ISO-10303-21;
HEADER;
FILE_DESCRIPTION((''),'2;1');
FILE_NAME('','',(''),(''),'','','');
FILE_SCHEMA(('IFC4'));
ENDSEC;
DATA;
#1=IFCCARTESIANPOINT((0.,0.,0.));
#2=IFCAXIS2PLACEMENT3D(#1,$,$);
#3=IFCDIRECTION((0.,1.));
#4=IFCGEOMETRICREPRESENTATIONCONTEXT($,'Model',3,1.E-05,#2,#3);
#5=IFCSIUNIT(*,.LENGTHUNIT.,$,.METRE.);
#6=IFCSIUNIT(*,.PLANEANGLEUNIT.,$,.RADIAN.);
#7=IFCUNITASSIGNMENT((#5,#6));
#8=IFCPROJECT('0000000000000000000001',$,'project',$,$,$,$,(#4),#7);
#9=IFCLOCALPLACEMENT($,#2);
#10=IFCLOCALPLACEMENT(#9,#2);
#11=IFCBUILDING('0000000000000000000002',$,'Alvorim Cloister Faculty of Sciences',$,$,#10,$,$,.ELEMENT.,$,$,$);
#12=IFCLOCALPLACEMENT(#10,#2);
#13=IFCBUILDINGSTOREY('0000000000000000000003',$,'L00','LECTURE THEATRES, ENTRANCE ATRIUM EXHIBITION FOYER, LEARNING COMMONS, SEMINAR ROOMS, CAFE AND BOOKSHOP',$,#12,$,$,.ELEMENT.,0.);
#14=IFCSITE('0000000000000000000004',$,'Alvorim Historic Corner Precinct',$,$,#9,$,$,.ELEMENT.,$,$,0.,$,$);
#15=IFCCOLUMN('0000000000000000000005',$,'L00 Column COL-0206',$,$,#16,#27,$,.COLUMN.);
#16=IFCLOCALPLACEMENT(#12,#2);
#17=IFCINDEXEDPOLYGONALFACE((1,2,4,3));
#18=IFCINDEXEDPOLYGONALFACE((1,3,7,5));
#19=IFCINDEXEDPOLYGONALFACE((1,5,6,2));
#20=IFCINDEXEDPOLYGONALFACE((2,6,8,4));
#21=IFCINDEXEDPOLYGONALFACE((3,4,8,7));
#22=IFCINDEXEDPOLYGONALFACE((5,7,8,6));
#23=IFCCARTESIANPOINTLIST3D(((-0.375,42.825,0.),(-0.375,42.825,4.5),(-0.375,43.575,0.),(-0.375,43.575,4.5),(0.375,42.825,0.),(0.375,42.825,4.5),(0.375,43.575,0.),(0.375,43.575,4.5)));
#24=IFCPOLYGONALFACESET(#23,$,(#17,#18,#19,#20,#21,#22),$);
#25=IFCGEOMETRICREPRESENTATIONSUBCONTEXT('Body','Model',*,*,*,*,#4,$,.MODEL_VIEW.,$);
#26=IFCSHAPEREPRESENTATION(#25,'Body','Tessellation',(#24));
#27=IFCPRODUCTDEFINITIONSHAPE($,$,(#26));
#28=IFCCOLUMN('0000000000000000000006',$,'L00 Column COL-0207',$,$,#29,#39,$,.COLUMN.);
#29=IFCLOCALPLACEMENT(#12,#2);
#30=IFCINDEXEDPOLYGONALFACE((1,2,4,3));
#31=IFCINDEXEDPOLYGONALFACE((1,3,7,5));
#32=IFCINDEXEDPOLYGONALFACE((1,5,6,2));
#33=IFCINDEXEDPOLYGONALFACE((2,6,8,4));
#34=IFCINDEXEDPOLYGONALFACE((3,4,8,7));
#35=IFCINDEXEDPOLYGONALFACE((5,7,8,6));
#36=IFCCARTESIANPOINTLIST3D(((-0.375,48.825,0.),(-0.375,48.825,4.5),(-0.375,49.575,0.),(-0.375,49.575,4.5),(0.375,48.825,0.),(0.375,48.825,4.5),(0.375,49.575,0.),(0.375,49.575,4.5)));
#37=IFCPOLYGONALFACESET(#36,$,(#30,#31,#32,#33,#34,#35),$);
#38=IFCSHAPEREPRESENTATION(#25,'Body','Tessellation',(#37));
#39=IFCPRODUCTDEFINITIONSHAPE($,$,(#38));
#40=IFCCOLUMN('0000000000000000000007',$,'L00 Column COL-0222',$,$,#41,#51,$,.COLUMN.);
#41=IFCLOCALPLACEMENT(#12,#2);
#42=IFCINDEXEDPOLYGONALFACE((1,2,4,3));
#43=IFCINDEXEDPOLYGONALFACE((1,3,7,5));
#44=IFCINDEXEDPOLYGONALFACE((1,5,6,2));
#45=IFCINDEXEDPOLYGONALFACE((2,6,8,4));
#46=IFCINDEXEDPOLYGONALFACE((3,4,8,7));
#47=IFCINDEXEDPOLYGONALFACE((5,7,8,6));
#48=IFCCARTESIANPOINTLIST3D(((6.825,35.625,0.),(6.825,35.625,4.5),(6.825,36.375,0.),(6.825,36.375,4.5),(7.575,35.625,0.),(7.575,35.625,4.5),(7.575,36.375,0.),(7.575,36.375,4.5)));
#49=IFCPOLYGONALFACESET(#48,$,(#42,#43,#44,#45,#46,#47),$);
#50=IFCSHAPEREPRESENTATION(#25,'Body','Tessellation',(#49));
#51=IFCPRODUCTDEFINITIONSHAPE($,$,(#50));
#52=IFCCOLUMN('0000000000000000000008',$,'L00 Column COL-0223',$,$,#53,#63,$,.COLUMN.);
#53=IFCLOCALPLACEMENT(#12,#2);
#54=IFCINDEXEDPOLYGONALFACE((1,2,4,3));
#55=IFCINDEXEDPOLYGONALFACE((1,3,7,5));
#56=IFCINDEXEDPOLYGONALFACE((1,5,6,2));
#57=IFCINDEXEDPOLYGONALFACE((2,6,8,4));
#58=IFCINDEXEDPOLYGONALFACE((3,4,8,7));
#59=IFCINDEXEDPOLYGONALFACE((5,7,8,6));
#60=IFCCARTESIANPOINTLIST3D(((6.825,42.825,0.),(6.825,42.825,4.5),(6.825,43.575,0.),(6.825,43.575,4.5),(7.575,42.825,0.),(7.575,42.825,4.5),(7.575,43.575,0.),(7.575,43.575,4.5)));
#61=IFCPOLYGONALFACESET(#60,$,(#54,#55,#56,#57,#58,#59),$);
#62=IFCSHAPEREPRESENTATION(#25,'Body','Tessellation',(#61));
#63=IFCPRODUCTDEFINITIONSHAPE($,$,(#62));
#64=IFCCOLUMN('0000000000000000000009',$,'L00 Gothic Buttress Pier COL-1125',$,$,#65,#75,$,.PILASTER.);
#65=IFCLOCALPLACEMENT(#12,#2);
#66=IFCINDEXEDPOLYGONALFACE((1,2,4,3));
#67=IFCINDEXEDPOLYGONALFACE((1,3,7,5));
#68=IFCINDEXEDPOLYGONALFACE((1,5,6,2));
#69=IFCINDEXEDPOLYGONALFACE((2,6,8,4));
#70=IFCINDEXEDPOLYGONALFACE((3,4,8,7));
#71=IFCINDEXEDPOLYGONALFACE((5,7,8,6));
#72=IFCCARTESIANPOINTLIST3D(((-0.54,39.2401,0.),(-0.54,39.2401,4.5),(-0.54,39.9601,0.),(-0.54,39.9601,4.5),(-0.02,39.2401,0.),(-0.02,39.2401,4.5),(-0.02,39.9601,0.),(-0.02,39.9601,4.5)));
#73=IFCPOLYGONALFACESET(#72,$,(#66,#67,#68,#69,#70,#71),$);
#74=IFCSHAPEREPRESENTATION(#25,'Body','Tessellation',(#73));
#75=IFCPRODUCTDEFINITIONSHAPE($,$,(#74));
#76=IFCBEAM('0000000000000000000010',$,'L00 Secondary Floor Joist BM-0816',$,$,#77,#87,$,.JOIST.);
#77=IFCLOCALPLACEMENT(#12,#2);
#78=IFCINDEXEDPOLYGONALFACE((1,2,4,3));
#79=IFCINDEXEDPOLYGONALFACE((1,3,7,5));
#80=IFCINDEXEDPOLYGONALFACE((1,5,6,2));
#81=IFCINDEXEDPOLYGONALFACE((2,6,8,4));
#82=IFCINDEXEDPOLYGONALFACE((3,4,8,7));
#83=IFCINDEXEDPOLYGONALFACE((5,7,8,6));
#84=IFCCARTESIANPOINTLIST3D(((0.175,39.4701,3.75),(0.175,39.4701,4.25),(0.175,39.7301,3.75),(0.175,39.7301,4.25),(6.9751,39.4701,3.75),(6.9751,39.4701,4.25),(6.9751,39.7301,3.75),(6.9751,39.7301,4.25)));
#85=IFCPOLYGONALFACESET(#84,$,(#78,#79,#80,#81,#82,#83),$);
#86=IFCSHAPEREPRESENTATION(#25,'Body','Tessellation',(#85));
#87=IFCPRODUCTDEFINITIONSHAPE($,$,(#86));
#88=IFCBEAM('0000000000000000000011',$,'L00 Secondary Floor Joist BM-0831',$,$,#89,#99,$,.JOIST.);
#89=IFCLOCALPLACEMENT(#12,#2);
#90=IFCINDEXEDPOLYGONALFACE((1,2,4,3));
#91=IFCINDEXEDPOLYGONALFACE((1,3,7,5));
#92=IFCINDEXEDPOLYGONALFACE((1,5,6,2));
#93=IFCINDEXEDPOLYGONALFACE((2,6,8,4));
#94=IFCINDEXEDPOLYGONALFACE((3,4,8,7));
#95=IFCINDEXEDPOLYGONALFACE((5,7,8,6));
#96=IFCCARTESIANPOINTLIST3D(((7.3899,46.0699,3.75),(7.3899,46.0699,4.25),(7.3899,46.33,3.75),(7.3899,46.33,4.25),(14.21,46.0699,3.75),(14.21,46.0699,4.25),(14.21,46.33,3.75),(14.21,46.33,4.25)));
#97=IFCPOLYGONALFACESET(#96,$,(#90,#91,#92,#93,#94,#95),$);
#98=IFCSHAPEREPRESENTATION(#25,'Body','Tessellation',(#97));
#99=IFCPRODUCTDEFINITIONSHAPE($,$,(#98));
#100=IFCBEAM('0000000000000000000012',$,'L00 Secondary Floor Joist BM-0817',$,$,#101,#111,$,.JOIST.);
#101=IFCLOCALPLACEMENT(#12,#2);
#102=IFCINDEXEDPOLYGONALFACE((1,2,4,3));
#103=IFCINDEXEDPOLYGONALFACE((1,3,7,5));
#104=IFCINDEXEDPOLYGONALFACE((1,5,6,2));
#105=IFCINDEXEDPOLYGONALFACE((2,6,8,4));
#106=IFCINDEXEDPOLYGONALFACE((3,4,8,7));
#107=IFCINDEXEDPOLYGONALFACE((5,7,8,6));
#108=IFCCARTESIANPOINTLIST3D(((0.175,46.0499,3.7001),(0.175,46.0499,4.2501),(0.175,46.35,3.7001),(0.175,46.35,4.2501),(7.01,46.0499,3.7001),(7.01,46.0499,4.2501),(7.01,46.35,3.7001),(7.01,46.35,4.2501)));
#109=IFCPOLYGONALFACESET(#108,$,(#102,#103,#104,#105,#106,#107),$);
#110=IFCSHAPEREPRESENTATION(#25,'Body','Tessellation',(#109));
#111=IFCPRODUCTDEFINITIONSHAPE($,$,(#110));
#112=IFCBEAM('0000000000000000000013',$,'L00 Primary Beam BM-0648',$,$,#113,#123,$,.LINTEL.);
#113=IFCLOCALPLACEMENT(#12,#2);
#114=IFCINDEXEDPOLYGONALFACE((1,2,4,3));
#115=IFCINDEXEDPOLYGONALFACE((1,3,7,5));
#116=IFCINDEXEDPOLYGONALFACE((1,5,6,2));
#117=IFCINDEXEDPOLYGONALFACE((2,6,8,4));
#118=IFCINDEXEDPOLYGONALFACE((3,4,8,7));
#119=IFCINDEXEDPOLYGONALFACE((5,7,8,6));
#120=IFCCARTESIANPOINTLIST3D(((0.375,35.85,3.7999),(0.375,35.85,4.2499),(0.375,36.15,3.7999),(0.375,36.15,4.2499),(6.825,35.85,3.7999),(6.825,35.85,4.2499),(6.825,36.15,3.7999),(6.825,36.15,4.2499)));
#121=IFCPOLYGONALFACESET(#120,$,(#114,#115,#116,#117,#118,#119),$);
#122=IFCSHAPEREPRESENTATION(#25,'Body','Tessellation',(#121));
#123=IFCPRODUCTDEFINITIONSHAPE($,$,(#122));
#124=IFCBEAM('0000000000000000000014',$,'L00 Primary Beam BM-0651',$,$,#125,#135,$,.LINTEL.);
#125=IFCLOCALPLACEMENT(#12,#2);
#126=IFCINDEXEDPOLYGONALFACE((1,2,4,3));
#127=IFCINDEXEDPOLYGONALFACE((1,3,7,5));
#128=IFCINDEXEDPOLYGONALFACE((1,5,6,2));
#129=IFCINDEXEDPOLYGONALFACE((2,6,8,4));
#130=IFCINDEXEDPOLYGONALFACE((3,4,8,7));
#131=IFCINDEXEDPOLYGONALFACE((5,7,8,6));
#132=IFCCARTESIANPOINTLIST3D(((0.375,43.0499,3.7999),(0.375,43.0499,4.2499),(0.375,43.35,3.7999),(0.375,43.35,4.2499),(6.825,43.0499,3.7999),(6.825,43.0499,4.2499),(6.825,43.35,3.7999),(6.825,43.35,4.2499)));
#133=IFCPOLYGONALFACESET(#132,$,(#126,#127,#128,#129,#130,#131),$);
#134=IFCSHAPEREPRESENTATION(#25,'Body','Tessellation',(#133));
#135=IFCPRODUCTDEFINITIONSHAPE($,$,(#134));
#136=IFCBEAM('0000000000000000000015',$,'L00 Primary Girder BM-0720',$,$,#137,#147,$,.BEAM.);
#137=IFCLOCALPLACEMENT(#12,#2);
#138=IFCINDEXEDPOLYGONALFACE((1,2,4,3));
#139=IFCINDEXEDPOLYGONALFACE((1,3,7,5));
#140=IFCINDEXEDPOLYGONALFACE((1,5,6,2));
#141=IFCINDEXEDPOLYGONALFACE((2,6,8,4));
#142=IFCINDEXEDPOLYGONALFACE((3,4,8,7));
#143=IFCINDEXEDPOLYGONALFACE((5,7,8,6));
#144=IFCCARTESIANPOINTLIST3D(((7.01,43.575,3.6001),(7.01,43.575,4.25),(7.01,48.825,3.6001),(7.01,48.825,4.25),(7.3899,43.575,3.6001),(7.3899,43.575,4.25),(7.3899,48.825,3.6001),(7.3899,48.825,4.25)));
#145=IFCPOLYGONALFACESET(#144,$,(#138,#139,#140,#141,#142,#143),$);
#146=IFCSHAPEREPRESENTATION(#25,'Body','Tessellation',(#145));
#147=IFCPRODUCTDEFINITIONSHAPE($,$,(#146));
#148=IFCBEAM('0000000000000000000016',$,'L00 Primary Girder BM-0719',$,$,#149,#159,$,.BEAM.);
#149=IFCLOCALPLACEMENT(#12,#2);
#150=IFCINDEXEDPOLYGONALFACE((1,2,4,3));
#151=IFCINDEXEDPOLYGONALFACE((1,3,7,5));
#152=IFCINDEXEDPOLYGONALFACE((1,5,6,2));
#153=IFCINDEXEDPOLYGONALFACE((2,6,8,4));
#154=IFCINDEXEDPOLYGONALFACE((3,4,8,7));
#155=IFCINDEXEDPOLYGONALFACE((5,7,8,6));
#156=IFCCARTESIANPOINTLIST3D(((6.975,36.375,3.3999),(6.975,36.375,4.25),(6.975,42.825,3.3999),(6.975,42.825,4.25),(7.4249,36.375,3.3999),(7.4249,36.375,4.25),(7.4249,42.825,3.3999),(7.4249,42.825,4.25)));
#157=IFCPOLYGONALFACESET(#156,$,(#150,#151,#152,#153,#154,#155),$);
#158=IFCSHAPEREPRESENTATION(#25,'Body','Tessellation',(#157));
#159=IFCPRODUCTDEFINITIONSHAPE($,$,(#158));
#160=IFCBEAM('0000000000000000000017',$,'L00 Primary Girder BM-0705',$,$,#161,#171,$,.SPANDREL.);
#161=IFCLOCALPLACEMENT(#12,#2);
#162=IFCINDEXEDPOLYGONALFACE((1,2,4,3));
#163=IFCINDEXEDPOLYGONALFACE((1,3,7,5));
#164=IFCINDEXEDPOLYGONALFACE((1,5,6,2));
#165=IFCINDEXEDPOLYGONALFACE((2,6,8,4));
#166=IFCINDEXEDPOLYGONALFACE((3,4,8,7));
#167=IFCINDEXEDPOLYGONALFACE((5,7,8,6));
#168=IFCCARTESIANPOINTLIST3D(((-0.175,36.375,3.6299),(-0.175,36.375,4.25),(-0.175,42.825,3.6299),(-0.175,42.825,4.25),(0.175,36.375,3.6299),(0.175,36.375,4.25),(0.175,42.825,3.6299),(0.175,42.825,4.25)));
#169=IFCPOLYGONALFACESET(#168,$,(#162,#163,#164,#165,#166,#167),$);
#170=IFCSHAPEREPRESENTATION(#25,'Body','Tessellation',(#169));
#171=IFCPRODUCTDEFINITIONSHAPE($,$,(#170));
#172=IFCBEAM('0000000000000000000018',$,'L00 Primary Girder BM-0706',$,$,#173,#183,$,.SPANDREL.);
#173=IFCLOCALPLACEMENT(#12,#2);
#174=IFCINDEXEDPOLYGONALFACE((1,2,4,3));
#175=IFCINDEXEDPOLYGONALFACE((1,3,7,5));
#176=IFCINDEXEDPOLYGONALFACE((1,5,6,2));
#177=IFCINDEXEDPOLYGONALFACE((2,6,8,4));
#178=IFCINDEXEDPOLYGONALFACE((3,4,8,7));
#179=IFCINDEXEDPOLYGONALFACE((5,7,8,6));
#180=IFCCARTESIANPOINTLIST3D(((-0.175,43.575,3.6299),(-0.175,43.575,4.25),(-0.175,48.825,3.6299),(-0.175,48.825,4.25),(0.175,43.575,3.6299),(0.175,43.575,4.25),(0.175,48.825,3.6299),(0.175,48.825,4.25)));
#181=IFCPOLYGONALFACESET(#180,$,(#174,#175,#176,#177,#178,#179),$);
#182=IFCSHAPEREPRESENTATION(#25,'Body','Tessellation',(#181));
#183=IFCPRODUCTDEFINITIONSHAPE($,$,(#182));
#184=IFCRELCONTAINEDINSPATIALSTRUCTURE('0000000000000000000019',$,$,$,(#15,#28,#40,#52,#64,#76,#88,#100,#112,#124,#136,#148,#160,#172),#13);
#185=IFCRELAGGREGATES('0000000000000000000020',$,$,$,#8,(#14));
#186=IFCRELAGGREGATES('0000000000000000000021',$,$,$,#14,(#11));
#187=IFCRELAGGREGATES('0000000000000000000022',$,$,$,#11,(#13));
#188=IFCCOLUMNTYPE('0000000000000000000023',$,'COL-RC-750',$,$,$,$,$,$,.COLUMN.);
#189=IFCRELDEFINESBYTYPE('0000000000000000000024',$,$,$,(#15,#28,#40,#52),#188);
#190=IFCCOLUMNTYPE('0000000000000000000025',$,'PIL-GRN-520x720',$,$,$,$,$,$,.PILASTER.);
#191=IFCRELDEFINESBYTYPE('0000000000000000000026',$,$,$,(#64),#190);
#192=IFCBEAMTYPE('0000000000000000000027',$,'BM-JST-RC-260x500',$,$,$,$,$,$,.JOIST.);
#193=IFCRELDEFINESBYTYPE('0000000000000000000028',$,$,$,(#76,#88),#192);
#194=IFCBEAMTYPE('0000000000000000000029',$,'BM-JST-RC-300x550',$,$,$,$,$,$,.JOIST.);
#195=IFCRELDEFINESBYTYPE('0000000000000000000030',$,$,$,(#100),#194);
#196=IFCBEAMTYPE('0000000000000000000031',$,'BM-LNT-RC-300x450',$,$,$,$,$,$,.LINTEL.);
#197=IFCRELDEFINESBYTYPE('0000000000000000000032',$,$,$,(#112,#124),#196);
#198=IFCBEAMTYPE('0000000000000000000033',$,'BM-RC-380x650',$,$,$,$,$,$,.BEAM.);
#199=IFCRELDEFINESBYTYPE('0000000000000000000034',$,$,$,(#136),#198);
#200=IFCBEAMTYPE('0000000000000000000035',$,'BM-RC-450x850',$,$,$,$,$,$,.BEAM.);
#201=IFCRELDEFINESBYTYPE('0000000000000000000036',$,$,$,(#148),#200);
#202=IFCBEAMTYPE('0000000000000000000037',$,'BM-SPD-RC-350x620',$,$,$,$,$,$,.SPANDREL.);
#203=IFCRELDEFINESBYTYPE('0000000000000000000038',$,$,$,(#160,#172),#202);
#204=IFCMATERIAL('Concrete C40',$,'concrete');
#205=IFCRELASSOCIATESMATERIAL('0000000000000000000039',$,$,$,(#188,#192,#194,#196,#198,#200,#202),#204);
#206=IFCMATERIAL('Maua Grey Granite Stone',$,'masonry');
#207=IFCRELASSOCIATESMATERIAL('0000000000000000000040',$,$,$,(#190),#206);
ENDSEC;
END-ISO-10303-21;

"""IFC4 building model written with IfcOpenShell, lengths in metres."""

from ifc_helpers import new_model, si_unit, direction, frame, origin, origin_2d, place, context, subcontext, project, spatial, rectangle, extrude, material, material_profile, profile_set, type_object, element, save


model = new_model("IFC4")

# Units and contexts
model_context = context("Model", 3, precision=1e-05, world=origin(), true_north=direction((0.0, 1.0)))
body_context = subcontext(model_context, "Body", "Model", "MODEL_VIEW")
ifc_project = project(units=[si_unit("LENGTHUNIT", "METRE"), si_unit("PLANEANGLEUNIT", "RADIAN")], contexts=[model_context])

# Site, building, storey
site_placement = place(None, origin())
site = spatial("IfcSite", under=ifc_project, at=site_placement, Name="Alvorim Historic Corner Precinct", CompositionType="ELEMENT", RefElevation=0.0)
building_placement = place(site_placement, origin())
building = spatial("IfcBuilding", under=site, at=building_placement, Name="Alvorim Cloister Faculty of Sciences", CompositionType="ELEMENT")
storey_placement = place(building_placement, origin())
storey = spatial("IfcBuildingStorey", under=building, at=storey_placement, Name="L00", Description="LECTURE THEATRES, ENTRANCE ATRIUM EXHIBITION FOYER, LEARNING COMMONS, SEMINAR ROOMS, CAFE AND BOOKSHOP", CompositionType="ELEMENT", Elevation=0.0)

# Columns
ifc_material_1 = material(Name="Concrete C40", Category="concrete")
ifc_material_profile_1 = material_profile(ifc_material_1, rectangle(XDim=0.75, YDim=0.75, at=origin_2d()), Name="RC40-COL-750x750")
ifc_profile_set_1 = profile_set([ifc_material_profile_1], Name="Concrete C40")
column_type_1 = type_object("IfcColumnType", Name="COL-RC-750", PredefinedType="COLUMN", material=ifc_profile_set_1)
for number, where, z_axis, x_axis, name in (
    (1, (0.0, 43.2, 0.0), (0.0, 0.0, 1.0), (1.0, 0.0, 0.0), "L00 Column COL-0206"),
    (2, (0.0, 49.2, 0.0), (0.0, 0.0, 1.0), (1.0, 0.0, 0.0), "L00 Column COL-0207"),
    (3, (7.2, 36.0, 0.0), (0.0, 0.0, 1.0), (1.0, 0.0, 0.0), "L00 Column COL-0222"),
    (4, (7.2, 43.2, 0.0), (0.0, 0.0, 1.0), (1.0, 0.0, 0.0), "L00 Column COL-0223"),
):
    element("IfcColumn", number, at=place(storey_placement, frame(where, z_axis=z_axis, x_axis=x_axis)), inside=storey, type_object=column_type_1, Name=name, PredefinedType="COLUMN", context=body_context, shape_type="SweptSolid", body=[
        extrude(rectangle(XDim=0.75, YDim=0.75, at=origin_2d()), origin(), (0.0, 0.0, 1.0), 4.5),
    ])
ifc_material_2 = material(Name="Maua Grey Granite Stone", Category="masonry")
ifc_material_profile_2 = material_profile(ifc_material_2, rectangle(XDim=0.52, YDim=0.72, at=origin_2d()), Name="GRN-PIER-520x720")
ifc_profile_set_2 = profile_set([ifc_material_profile_2], Name="Maua Grey Granite Stone")
column_type_2 = type_object("IfcColumnType", Name="PIL-GRN-520x720", PredefinedType="PILASTER", material=ifc_profile_set_2)
column_placement = place(storey_placement, frame((-0.28, 39.6001, 0.0), z_axis=(0.0, 0.0, 1.0), x_axis=(1.0, 0.0, 0.0)))
element("IfcColumn", 5, at=column_placement, inside=storey, type_object=column_type_2, Name="L00 Gothic Buttress Pier COL-1125", PredefinedType="PILASTER", context=body_context, shape_type="SweptSolid", body=[
    extrude(rectangle(XDim=0.52, YDim=0.72, at=origin_2d()), origin(), (0.0, 0.0, 1.0), 4.5),
])

# Beams
ifc_material_profile_3 = material_profile(ifc_material_1, rectangle(XDim=0.26, YDim=0.5, at=origin_2d()), Name="RC40-JST-260x500")
ifc_profile_set_3 = profile_set([ifc_material_profile_3], Name="Concrete C40")
beam_type_1 = type_object("IfcBeamType", Name="BM-JST-RC-260x500", PredefinedType="JOIST", material=ifc_profile_set_3)
beam_1_placement = place(storey_placement, frame((0.175, 39.6001, 4.0), z_axis=(1.0, 0.0, 0.0), x_axis=(0.0, 1.0, 0.0)))
element("IfcBeam", 6, at=beam_1_placement, inside=storey, type_object=beam_type_1, Name="L00 Secondary Floor Joist BM-0816", PredefinedType="JOIST", context=body_context, shape_type="SweptSolid", body=[
    extrude(rectangle(XDim=0.26, YDim=0.5, at=origin_2d()), origin(), (0.0, 0.0, 1.0), 6.8),
])
beam_2_placement = place(storey_placement, frame((7.3899, 46.2, 4.0), z_axis=(1.0, 0.0, 0.0), x_axis=(0.0, 1.0, 0.0)))
element("IfcBeam", 7, at=beam_2_placement, inside=storey, type_object=beam_type_1, Name="L00 Secondary Floor Joist BM-0831", PredefinedType="JOIST", context=body_context, shape_type="SweptSolid", body=[
    extrude(rectangle(XDim=0.26, YDim=0.5, at=origin_2d()), origin(), (0.0, 0.0, 1.0), 6.8201),
])
ifc_material_profile_4 = material_profile(ifc_material_1, rectangle(XDim=0.3, YDim=0.55, at=origin_2d()), Name="RC40-JST-300x550")
ifc_profile_set_4 = profile_set([ifc_material_profile_4], Name="Concrete C40")
beam_type_2 = type_object("IfcBeamType", Name="BM-JST-RC-300x550", PredefinedType="JOIST", material=ifc_profile_set_4)
beam_3_placement = place(storey_placement, frame((0.175, 46.2, 3.9751), z_axis=(1.0, 0.0, 0.0), x_axis=(0.0, 1.0, 0.0)))
element("IfcBeam", 8, at=beam_3_placement, inside=storey, type_object=beam_type_2, Name="L00 Secondary Floor Joist BM-0817", PredefinedType="JOIST", context=body_context, shape_type="SweptSolid", body=[
    extrude(rectangle(XDim=0.3, YDim=0.55, at=origin_2d()), origin(), (0.0, 0.0, 1.0), 6.835),
])
ifc_material_profile_5 = material_profile(ifc_material_1, rectangle(XDim=0.3, YDim=0.45, at=origin_2d()), Name="RC40-LNT-300x450")
ifc_profile_set_5 = profile_set([ifc_material_profile_5], Name="Concrete C40")
beam_type_3 = type_object("IfcBeamType", Name="BM-LNT-RC-300x450", PredefinedType="LINTEL", material=ifc_profile_set_5)
for number, where, z_axis, x_axis, name in (
    (9, (0.375, 36.0, 4.0249), (1.0, 0.0, 0.0), (0.0, 1.0, 0.0), "L00 Primary Beam BM-0648"),
    (10, (0.375, 43.2, 4.0249), (1.0, 0.0, 0.0), (0.0, 1.0, 0.0), "L00 Primary Beam BM-0651"),
):
    element("IfcBeam", number, at=place(storey_placement, frame(where, z_axis=z_axis, x_axis=x_axis)), inside=storey, type_object=beam_type_3, Name=name, PredefinedType="LINTEL", context=body_context, shape_type="SweptSolid", body=[
        extrude(rectangle(XDim=0.3, YDim=0.45, at=origin_2d()), origin(), (0.0, 0.0, 1.0), 6.45),
    ])
ifc_material_profile_6 = material_profile(ifc_material_1, rectangle(XDim=0.3799, YDim=0.6499, at=origin_2d()), Name="RC40-BM-380x650")
ifc_profile_set_6 = profile_set([ifc_material_profile_6], Name="Concrete C40")
beam_type_4 = type_object("IfcBeamType", Name="BM-RC-380x650", PredefinedType="BEAM", material=ifc_profile_set_6)
beam_4_placement = place(storey_placement, frame((7.2, 43.575, 3.925), z_axis=(0.0, 1.0, 0.0), x_axis=(-1.0, 0.0, 0.0)))
element("IfcBeam", 11, at=beam_4_placement, inside=storey, type_object=beam_type_4, Name="L00 Primary Girder BM-0720", PredefinedType="BEAM", context=body_context, shape_type="SweptSolid", body=[
    extrude(rectangle(XDim=0.3799, YDim=0.6499, at=origin_2d()), origin(), (0.0, 0.0, 1.0), 5.25),
])
ifc_material_profile_7 = material_profile(ifc_material_1, rectangle(XDim=0.45, YDim=0.8501, at=origin_2d()), Name="RC40-BM-450x850")
ifc_profile_set_7 = profile_set([ifc_material_profile_7], Name="Concrete C40")
beam_type_5 = type_object("IfcBeamType", Name="BM-RC-450x850", PredefinedType="BEAM", material=ifc_profile_set_7)
beam_5_placement = place(storey_placement, frame((7.2, 36.375, 3.825), z_axis=(0.0, 1.0, 0.0), x_axis=(-1.0, 0.0, 0.0)))
element("IfcBeam", 12, at=beam_5_placement, inside=storey, type_object=beam_type_5, Name="L00 Primary Girder BM-0719", PredefinedType="BEAM", context=body_context, shape_type="SweptSolid", body=[
    extrude(rectangle(XDim=0.45, YDim=0.8501, at=origin_2d()), origin(), (0.0, 0.0, 1.0), 6.45),
])
ifc_material_profile_8 = material_profile(ifc_material_1, rectangle(XDim=0.3501, YDim=0.6201, at=origin_2d()), Name="RC40-SPD-350x620")
ifc_profile_set_8 = profile_set([ifc_material_profile_8], Name="Concrete C40")
beam_type_6 = type_object("IfcBeamType", Name="BM-SPD-RC-350x620", PredefinedType="SPANDREL", material=ifc_profile_set_8)
beam_6_placement = place(storey_placement, frame((0.0, 36.375, 3.9399), z_axis=(0.0, 1.0, 0.0), x_axis=(-1.0, 0.0, 0.0)))
element("IfcBeam", 13, at=beam_6_placement, inside=storey, type_object=beam_type_6, Name="L00 Primary Girder BM-0705", PredefinedType="SPANDREL", context=body_context, shape_type="SweptSolid", body=[
    extrude(rectangle(XDim=0.3501, YDim=0.6201, at=origin_2d()), origin(), (0.0, 0.0, 1.0), 6.45),
])
beam_7_placement = place(storey_placement, frame((0.0, 43.575, 3.9399), z_axis=(0.0, 1.0, 0.0), x_axis=(-1.0, 0.0, 0.0)))
element("IfcBeam", 14, at=beam_7_placement, inside=storey, type_object=beam_type_6, Name="L00 Primary Girder BM-0706", PredefinedType="SPANDREL", context=body_context, shape_type="SweptSolid", body=[
    extrude(rectangle(XDim=0.3501, YDim=0.6201, at=origin_2d()), origin(), (0.0, 0.0, 1.0), 5.25),
])

save(model, "model.ifc")
